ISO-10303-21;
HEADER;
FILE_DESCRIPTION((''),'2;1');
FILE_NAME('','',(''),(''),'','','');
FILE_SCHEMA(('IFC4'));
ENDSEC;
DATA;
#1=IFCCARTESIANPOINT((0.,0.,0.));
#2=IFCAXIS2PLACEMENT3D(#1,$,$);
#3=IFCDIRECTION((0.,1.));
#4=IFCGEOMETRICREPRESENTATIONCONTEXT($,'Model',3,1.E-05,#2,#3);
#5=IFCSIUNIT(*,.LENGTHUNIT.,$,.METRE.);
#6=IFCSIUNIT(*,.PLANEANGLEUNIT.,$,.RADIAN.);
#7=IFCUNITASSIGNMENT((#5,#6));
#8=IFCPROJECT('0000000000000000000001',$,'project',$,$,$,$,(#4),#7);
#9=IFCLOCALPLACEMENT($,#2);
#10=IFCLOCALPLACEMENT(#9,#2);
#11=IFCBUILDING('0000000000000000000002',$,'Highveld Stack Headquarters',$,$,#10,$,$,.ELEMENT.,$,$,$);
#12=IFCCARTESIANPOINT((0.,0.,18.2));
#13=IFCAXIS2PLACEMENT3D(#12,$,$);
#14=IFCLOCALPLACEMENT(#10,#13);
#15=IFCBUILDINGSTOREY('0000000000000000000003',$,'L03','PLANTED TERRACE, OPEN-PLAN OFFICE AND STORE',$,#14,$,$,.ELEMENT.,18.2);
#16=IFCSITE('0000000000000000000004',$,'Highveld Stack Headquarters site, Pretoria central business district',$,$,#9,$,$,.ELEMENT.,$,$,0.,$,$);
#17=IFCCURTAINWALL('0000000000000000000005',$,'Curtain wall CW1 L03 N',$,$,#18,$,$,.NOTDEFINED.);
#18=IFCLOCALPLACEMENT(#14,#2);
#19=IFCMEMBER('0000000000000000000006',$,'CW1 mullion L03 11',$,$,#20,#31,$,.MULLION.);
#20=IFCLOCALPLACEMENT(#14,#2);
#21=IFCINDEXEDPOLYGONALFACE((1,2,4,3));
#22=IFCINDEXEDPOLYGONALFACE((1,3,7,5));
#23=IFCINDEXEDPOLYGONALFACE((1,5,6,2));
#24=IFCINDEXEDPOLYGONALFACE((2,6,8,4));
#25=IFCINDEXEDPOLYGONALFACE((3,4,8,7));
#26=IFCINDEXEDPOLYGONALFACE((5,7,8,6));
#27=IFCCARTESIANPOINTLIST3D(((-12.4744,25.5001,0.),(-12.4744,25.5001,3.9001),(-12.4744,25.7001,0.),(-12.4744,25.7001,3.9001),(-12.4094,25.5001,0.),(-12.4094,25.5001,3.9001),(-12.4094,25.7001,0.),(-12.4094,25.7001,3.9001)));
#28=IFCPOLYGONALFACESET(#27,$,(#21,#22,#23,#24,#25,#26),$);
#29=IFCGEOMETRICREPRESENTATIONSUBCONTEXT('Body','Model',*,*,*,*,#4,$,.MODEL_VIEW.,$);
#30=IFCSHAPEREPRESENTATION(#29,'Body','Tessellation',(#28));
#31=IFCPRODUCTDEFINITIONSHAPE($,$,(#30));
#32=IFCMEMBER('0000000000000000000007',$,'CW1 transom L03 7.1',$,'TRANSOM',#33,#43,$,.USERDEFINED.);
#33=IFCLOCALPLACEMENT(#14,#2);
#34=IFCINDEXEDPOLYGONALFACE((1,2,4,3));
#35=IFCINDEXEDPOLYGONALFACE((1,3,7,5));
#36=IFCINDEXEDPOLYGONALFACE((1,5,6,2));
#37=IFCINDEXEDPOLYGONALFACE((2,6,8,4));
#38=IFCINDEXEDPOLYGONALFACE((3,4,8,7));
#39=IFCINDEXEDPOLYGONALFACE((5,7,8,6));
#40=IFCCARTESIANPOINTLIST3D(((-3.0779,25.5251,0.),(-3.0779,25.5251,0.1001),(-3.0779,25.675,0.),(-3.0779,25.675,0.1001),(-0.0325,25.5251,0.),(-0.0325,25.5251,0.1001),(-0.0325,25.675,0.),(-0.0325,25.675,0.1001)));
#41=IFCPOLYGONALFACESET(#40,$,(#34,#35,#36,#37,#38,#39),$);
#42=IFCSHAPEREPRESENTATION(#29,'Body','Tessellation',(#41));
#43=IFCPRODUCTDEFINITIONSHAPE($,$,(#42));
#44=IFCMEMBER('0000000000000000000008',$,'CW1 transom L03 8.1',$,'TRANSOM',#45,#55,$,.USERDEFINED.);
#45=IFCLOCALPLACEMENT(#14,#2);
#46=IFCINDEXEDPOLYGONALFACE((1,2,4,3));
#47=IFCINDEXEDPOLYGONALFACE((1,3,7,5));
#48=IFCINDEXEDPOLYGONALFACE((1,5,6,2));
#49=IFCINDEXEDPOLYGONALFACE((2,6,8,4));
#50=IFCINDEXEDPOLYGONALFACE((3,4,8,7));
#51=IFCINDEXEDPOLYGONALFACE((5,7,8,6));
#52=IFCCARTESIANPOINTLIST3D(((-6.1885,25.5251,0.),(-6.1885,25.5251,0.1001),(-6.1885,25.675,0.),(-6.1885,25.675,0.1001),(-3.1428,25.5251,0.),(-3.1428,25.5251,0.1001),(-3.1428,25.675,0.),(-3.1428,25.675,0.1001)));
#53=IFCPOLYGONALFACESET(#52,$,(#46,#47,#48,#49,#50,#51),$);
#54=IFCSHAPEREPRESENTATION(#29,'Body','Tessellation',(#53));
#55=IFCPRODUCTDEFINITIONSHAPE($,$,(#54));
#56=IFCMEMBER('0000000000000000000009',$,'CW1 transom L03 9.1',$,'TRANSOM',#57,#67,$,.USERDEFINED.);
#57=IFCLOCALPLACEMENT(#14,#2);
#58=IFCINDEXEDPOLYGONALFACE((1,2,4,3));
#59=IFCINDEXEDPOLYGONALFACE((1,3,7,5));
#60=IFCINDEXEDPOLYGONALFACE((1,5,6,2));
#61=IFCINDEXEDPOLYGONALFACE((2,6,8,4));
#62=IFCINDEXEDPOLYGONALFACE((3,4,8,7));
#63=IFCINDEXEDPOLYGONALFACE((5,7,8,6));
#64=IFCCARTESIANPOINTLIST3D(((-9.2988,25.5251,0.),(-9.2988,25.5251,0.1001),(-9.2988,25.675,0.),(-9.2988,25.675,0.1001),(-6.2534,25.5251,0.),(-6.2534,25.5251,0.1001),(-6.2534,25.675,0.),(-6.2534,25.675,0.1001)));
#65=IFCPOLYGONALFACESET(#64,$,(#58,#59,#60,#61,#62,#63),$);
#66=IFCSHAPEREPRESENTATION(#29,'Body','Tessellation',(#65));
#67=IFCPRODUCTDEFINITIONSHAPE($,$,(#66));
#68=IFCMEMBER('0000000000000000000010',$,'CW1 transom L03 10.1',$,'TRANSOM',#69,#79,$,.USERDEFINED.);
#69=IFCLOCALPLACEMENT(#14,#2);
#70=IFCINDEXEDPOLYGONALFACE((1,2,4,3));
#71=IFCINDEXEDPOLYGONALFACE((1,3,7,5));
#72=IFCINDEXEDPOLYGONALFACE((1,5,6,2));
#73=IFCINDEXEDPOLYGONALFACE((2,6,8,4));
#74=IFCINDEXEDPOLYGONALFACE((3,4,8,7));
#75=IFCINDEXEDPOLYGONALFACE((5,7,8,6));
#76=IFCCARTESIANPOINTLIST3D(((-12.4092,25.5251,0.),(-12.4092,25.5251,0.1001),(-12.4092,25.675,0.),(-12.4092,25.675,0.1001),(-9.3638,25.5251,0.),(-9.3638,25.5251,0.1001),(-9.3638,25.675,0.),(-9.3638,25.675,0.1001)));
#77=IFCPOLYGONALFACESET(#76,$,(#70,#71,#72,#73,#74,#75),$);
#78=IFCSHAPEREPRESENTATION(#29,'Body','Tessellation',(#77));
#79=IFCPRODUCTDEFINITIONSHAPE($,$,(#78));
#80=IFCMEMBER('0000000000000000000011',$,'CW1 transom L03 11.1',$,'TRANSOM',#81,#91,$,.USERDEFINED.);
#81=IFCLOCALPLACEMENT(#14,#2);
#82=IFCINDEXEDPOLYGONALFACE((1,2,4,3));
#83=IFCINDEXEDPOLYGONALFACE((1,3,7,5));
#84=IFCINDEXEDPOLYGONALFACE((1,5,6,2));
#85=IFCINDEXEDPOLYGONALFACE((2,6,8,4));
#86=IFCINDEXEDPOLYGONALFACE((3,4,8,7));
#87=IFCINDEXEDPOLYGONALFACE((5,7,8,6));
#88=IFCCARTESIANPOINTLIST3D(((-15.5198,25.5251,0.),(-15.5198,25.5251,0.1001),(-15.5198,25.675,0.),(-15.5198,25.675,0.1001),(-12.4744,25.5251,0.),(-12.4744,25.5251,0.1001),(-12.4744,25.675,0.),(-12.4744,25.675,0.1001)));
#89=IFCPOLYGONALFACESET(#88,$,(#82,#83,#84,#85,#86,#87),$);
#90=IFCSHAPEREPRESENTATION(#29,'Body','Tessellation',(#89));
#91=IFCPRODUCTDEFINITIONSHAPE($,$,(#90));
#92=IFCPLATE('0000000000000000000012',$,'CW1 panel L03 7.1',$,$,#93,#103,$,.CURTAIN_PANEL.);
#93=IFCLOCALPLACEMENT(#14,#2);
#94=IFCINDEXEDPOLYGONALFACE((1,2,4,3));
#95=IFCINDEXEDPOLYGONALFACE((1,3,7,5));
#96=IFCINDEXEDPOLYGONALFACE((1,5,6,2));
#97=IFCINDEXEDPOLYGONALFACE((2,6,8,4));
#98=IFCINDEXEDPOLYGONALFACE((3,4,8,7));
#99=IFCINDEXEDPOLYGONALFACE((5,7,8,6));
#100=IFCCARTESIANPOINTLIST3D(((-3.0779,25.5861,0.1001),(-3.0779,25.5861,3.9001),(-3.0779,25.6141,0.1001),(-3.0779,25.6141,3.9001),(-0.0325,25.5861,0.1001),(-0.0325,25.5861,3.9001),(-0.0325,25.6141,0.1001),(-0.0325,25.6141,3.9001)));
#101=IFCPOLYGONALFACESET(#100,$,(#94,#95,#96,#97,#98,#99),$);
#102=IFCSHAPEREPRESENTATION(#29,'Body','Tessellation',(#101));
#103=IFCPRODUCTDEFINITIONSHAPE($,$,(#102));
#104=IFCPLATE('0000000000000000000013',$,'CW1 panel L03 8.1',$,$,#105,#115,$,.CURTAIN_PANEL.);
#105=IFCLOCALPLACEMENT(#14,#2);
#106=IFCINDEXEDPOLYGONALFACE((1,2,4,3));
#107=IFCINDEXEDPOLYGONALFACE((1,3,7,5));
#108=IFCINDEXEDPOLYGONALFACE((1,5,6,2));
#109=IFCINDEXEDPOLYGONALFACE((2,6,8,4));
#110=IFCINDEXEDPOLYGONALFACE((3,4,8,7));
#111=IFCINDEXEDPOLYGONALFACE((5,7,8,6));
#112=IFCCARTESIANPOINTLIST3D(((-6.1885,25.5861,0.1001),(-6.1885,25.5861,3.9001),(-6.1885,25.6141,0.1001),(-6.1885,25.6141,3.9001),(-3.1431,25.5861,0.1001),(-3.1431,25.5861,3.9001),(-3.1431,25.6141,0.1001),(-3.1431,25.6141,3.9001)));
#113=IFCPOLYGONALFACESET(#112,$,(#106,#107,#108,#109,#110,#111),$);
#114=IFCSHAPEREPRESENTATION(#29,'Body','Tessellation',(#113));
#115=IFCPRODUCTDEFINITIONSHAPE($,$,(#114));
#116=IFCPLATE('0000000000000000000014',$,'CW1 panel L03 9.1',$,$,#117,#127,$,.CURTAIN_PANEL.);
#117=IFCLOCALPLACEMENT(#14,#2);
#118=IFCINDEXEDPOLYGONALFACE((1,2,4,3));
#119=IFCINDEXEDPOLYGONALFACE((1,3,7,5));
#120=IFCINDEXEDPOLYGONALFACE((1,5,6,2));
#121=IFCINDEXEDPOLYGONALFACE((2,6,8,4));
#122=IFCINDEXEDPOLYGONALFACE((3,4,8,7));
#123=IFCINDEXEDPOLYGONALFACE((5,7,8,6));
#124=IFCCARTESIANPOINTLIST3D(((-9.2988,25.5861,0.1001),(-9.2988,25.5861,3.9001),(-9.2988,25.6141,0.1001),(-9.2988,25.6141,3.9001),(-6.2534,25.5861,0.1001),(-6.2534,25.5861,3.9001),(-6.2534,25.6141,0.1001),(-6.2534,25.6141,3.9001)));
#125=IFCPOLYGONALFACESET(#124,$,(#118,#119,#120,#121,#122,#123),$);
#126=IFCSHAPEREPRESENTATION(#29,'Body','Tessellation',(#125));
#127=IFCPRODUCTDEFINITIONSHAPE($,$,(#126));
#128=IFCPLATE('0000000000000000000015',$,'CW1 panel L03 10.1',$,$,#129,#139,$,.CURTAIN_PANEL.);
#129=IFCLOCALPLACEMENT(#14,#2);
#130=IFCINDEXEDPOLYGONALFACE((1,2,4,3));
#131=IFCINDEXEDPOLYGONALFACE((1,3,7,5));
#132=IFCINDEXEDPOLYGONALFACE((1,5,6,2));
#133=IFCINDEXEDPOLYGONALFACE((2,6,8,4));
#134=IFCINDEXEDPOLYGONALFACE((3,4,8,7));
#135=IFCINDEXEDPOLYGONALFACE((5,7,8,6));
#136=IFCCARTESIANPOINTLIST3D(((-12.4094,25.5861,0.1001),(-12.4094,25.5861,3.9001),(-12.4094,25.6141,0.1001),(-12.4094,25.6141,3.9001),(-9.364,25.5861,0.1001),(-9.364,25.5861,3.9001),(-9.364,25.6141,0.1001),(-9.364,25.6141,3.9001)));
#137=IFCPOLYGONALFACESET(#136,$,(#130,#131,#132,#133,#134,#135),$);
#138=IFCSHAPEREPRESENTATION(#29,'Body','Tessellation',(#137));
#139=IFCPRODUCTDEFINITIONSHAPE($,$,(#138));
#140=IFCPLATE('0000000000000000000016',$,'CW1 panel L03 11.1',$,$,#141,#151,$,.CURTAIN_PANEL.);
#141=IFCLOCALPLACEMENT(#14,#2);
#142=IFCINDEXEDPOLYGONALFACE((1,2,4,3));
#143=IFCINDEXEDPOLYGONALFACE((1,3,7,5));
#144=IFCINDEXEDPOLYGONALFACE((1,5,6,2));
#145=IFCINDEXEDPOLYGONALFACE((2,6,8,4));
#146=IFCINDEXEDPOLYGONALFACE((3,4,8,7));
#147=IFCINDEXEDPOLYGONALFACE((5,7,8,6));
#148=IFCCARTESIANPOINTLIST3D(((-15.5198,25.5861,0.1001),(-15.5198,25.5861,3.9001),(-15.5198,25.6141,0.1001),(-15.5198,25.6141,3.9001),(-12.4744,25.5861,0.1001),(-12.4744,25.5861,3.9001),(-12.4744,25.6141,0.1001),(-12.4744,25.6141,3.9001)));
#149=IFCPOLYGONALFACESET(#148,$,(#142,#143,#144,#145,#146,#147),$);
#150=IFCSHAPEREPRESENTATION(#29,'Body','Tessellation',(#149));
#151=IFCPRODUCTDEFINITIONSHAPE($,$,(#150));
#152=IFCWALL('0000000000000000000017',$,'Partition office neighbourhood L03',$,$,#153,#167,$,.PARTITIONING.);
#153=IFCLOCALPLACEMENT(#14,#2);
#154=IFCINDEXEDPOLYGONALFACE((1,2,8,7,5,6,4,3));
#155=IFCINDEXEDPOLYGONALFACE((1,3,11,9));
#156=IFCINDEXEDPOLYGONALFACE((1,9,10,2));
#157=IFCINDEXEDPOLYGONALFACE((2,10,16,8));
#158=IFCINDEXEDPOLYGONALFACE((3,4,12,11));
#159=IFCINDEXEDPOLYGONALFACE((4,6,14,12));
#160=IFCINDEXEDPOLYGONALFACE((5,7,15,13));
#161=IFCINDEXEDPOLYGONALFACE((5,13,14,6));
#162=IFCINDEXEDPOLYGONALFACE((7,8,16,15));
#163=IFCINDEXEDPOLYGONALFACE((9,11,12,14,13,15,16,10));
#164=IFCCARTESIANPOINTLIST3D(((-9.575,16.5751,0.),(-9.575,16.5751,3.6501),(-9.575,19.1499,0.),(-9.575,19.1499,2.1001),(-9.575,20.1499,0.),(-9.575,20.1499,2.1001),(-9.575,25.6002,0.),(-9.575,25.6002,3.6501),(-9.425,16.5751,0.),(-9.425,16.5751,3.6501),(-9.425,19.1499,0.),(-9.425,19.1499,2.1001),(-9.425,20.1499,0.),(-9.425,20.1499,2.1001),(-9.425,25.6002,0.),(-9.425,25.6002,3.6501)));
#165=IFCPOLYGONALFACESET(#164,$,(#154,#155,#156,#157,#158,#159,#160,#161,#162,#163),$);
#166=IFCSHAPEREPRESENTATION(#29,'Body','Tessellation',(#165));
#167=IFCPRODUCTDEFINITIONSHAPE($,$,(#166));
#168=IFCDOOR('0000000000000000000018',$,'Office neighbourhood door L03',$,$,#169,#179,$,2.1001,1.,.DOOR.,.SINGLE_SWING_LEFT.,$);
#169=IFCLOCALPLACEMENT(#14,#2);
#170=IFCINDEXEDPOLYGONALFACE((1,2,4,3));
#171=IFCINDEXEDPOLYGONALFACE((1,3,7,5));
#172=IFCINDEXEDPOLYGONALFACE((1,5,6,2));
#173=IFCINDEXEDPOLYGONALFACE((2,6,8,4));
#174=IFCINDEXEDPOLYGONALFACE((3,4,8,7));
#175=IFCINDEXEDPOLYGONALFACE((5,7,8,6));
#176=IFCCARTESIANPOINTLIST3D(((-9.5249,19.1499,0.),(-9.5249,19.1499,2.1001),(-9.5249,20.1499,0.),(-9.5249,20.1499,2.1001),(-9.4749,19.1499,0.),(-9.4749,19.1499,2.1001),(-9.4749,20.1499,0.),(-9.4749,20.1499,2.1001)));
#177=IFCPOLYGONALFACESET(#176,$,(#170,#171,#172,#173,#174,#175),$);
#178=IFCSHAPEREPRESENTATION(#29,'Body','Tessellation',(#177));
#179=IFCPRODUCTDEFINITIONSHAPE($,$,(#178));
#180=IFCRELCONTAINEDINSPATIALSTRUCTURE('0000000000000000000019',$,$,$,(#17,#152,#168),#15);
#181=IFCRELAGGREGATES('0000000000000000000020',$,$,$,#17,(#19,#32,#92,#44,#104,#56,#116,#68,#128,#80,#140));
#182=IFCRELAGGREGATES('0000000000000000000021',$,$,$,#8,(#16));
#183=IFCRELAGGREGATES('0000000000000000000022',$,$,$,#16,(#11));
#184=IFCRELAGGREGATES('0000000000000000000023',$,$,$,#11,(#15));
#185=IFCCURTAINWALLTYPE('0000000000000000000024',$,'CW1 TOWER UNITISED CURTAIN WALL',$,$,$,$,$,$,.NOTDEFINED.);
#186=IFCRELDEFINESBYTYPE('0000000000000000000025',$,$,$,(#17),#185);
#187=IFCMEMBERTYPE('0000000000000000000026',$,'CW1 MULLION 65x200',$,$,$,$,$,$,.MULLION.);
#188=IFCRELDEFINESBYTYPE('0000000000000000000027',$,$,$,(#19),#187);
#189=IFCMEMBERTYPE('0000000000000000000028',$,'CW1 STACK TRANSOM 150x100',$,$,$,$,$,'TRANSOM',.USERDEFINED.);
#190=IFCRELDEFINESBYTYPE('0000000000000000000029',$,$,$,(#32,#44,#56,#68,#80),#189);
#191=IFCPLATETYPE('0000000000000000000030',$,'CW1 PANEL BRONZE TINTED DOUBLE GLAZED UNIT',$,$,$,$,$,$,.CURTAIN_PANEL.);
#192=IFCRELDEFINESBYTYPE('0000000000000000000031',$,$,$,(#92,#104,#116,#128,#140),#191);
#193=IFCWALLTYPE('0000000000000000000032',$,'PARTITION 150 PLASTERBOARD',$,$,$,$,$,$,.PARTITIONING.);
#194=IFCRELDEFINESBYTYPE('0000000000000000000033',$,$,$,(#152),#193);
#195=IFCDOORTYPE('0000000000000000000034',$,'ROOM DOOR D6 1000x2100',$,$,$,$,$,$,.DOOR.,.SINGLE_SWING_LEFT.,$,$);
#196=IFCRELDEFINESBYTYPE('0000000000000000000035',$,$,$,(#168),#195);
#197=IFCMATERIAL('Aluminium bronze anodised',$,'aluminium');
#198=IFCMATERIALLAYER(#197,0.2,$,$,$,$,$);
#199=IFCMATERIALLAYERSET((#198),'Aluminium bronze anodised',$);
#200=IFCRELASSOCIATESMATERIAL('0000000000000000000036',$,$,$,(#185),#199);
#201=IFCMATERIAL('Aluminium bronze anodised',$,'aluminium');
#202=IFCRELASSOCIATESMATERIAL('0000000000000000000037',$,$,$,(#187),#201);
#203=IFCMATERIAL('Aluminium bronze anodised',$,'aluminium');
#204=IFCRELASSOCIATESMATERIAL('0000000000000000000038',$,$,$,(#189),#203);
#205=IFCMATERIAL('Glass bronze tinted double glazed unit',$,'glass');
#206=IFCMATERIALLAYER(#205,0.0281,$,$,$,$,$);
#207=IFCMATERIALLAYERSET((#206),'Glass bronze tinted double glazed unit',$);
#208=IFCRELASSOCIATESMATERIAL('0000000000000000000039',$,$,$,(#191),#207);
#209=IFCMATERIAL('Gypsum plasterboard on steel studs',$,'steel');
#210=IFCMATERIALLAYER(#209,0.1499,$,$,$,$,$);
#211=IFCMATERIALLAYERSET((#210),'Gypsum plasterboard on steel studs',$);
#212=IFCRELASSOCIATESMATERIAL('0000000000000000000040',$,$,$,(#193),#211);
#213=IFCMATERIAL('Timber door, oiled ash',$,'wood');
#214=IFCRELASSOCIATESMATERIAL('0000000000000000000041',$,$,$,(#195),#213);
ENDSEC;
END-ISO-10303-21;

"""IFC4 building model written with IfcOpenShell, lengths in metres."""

from ifc_helpers import new_model, si_unit, direction, frame, frame_2d, origin, origin_2d, place, context, subcontext, project, spatial, rectangle, extrude, material, layer, layer_set, material_profile, profile_set, type_object, element, fill, aggregate, save


model = new_model("IFC4")

# Units and contexts
model_context = context("Model", 3, precision=1e-05, world=origin(), true_north=direction((0.0, 1.0)))
body_context = subcontext(model_context, "Body", "Model", "MODEL_VIEW")
ifc_project = project(units=[si_unit("LENGTHUNIT", "METRE"), si_unit("PLANEANGLEUNIT", "RADIAN")], contexts=[model_context])

# Site, building, storey
site_placement = place(None, origin())
site = spatial("IfcSite", under=ifc_project, at=site_placement, Name="Highveld Stack Headquarters site, Pretoria central business district", CompositionType="ELEMENT", RefElevation=0.0)
building_placement = place(site_placement, origin())
building = spatial("IfcBuilding", under=site, at=building_placement, Name="Highveld Stack Headquarters", CompositionType="ELEMENT")
storey_placement = place(building_placement, frame((0.0, 0.0, 18.2)))
storey = spatial("IfcBuildingStorey", under=building, at=storey_placement, Name="L03", Description="PLANTED TERRACE, OPEN-PLAN OFFICE AND STORE", CompositionType="ELEMENT", Elevation=18.2)

# Curtain wall, members, plates
ifc_material_1 = material(Name="Aluminium bronze anodised", Category="aluminium")
ifc_layer_1 = layer(ifc_material_1, 0.2)
ifc_layer_set_1 = layer_set([ifc_layer_1], Name="Aluminium bronze anodised")
curtain_wall_type = type_object("IfcCurtainWallType", Name="CW1 TOWER UNITISED CURTAIN WALL", PredefinedType="NOTDEFINED", material=ifc_layer_set_1)
curtain_wall_placement = place(storey_placement, origin())
curtain_wall = element("IfcCurtainWall", 1, at=curtain_wall_placement, inside=storey, type_object=curtain_wall_type, Name="Curtain wall CW1 L03 N", PredefinedType="NOTDEFINED")
ifc_material_2 = material(Name="Aluminium bronze anodised", Category="aluminium")
ifc_material_profile_1 = material_profile(ifc_material_2, rectangle(XDim=0.2, YDim=0.0649, at=origin_2d()), Name="CW1 MULLION 65x200")
ifc_profile_set_1 = profile_set([ifc_material_profile_1], Name="Aluminium bronze anodised")
member_type_1 = type_object("IfcMemberType", Name="CW1 MULLION 65x200", PredefinedType="MULLION", material=ifc_profile_set_1)
member_1_placement = place(storey_placement, frame((-12.4419, 25.6001, 0.0), z_axis=(0.0, 0.0, 1.0), x_axis=(0.0, -1.0, 0.0)))
member_1 = element("IfcMember", 2, at=member_1_placement, type_object=member_type_1, Name="CW1 mullion L03 11", PredefinedType="MULLION", context=body_context, shape_type="SweptSolid", body=[
    extrude(rectangle(XDim=0.2, YDim=0.0649, at=origin_2d()), origin(), (0.0, 0.0, 1.0), 3.9001),
])
ifc_material_3 = material(Name="Aluminium bronze anodised", Category="aluminium")
ifc_material_profile_2 = material_profile(ifc_material_3, rectangle(XDim=0.1499, YDim=0.1001, at=origin_2d()), Name="CW1 TRANSOM 150x100")
ifc_profile_set_2 = profile_set([ifc_material_profile_2], Name="Aluminium bronze anodised")
member_type_2 = type_object("IfcMemberType", Name="CW1 STACK TRANSOM 150x100", ElementType="TRANSOM", PredefinedType="USERDEFINED", material=ifc_profile_set_2)
member_2_placement = place(storey_placement, frame((-0.0325, 25.6001, 0.05), z_axis=(-1.0, 0.0, 0.0), x_axis=(0.0, -1.0, 0.0)))
member_2 = element("IfcMember", 3, at=member_2_placement, type_object=member_type_2, Name="CW1 transom L03 7.1", ObjectType="TRANSOM", PredefinedType="USERDEFINED", context=body_context, shape_type="SweptSolid", body=[
    extrude(rectangle(XDim=0.1499, YDim=0.1001, at=origin_2d()), origin(), (0.0, 0.0, 1.0), 3.0454),
])
member_3_placement = place(storey_placement, frame((-3.1428, 25.6001, 0.05), z_axis=(-1.0, 0.0, 0.0), x_axis=(0.0, -1.0, 0.0)))
member_3 = element("IfcMember", 4, at=member_3_placement, type_object=member_type_2, Name="CW1 transom L03 8.1", ObjectType="TRANSOM", PredefinedType="USERDEFINED", context=body_context, shape_type="SweptSolid", body=[
    extrude(rectangle(XDim=0.1499, YDim=0.1001, at=origin_2d()), origin(), (0.0, 0.0, 1.0), 3.0457),
])
member_4_placement = place(storey_placement, frame((-6.2534, 25.6001, 0.05), z_axis=(-1.0, 0.0, 0.0), x_axis=(0.0, -1.0, 0.0)))
member_4 = element("IfcMember", 5, at=member_4_placement, type_object=member_type_2, Name="CW1 transom L03 9.1", ObjectType="TRANSOM", PredefinedType="USERDEFINED", context=body_context, shape_type="SweptSolid", body=[
    extrude(rectangle(XDim=0.1499, YDim=0.1001, at=origin_2d()), origin(), (0.0, 0.0, 1.0), 3.0454),
])
member_5_placement = place(storey_placement, frame((-9.3638, 25.6001, 0.05), z_axis=(-1.0, 0.0, 0.0), x_axis=(0.0, -1.0, 0.0)))
member_5 = element("IfcMember", 6, at=member_5_placement, type_object=member_type_2, Name="CW1 transom L03 10.1", ObjectType="TRANSOM", PredefinedType="USERDEFINED", context=body_context, shape_type="SweptSolid", body=[
    extrude(rectangle(XDim=0.1499, YDim=0.1001, at=origin_2d()), origin(), (0.0, 0.0, 1.0), 3.0454),
])
member_6_placement = place(storey_placement, frame((-12.4744, 25.6001, 0.05), z_axis=(-1.0, 0.0, 0.0), x_axis=(0.0, -1.0, 0.0)))
member_6 = element("IfcMember", 7, at=member_6_placement, type_object=member_type_2, Name="CW1 transom L03 11.1", ObjectType="TRANSOM", PredefinedType="USERDEFINED", context=body_context, shape_type="SweptSolid", body=[
    extrude(rectangle(XDim=0.1499, YDim=0.1001, at=origin_2d()), origin(), (0.0, 0.0, 1.0), 3.0454),
])
ifc_material_4 = material(Name="Glass bronze tinted double glazed unit", Category="glass")
ifc_layer_2 = layer(ifc_material_4, 0.0281)
ifc_layer_set_2 = layer_set([ifc_layer_2], Name="Glass bronze tinted double glazed unit")
plate_type = type_object("IfcPlateType", Name="CW1 PANEL BRONZE TINTED DOUBLE GLAZED UNIT", PredefinedType="CURTAIN_PANEL", material=ifc_layer_set_2)
plate_1_placement = place(storey_placement, frame((-1.5552, 25.6001, 0.1001), z_axis=(0.0, 0.0, 1.0), x_axis=(-1.0, 0.0, 0.0)))
plate_1 = element("IfcPlate", 8, at=plate_1_placement, type_object=plate_type, Name="CW1 panel L03 7.1", PredefinedType="CURTAIN_PANEL", context=body_context, shape_type="SweptSolid", body=[
    extrude(rectangle(XDim=3.0454, YDim=0.0281, at=origin_2d()), origin(), (0.0, 0.0, 1.0), 3.8),
])
plate_2_placement = place(storey_placement, frame((-4.6658, 25.6001, 0.1001), z_axis=(0.0, 0.0, 1.0), x_axis=(-1.0, 0.0, 0.0)))
plate_2 = element("IfcPlate", 9, at=plate_2_placement, type_object=plate_type, Name="CW1 panel L03 8.1", PredefinedType="CURTAIN_PANEL", context=body_context, shape_type="SweptSolid", body=[
    extrude(rectangle(XDim=3.0454, YDim=0.0281, at=origin_2d()), origin(), (0.0, 0.0, 1.0), 3.8),
])
plate_3_placement = place(storey_placement, frame((-7.7761, 25.6001, 0.1001), z_axis=(0.0, 0.0, 1.0), x_axis=(-1.0, 0.0, 0.0)))
plate_3 = element("IfcPlate", 10, at=plate_3_placement, type_object=plate_type, Name="CW1 panel L03 9.1", PredefinedType="CURTAIN_PANEL", context=body_context, shape_type="SweptSolid", body=[
    extrude(rectangle(XDim=3.0454, YDim=0.0281, at=origin_2d()), origin(), (0.0, 0.0, 1.0), 3.8),
])
plate_4_placement = place(storey_placement, frame((-10.8867, 25.6001, 0.1001), z_axis=(0.0, 0.0, 1.0), x_axis=(-1.0, 0.0, 0.0)))
plate_4 = element("IfcPlate", 11, at=plate_4_placement, type_object=plate_type, Name="CW1 panel L03 10.1", PredefinedType="CURTAIN_PANEL", context=body_context, shape_type="SweptSolid", body=[
    extrude(rectangle(XDim=3.0454, YDim=0.0281, at=origin_2d()), origin(), (0.0, 0.0, 1.0), 3.8),
])
plate_5_placement = place(storey_placement, frame((-13.9971, 25.6001, 0.1001), z_axis=(0.0, 0.0, 1.0), x_axis=(-1.0, 0.0, 0.0)))
plate_5 = element("IfcPlate", 12, at=plate_5_placement, type_object=plate_type, Name="CW1 panel L03 11.1", PredefinedType="CURTAIN_PANEL", context=body_context, shape_type="SweptSolid", body=[
    extrude(rectangle(XDim=3.0454, YDim=0.0281, at=origin_2d()), origin(), (0.0, 0.0, 1.0), 3.8),
])
aggregate(curtain_wall, [member_1, member_2, plate_1, member_3, plate_2, member_4, plate_3, member_5, plate_4, member_6, plate_5])

# Wall, opening, door
ifc_material_5 = material(Name="Gypsum plasterboard on steel studs", Category="steel")
ifc_layer_3 = layer(ifc_material_5, 0.1499)
ifc_layer_set_3 = layer_set([ifc_layer_3], Name="Gypsum plasterboard on steel studs")
wall_type = type_object("IfcWallType", Name="PARTITION 150 PLASTERBOARD", PredefinedType="PARTITIONING", material=ifc_layer_set_3)
wall_1_placement = place(storey_placement, frame((-9.5, 16.575, 0.0), z_axis=(0.0, 0.0, 1.0), x_axis=(0.0, 1.0, 0.0)))
wall_1 = element("IfcWall", 13, at=wall_1_placement, inside=storey, type_object=wall_type, Name="Partition office neighbourhood L03", PredefinedType="PARTITIONING", context=body_context, shape_type="SweptSolid", body=[
    extrude(rectangle(XDim=9.0251, YDim=0.1499, at=frame_2d((4.5127, 0.0))), origin(), (0.0, 0.0, 1.0), 3.6501),
])
opening_1_placement = place(wall_1_placement, frame((2.575, 0.0, 0.0)))
opening_1 = element("IfcOpeningElement", 14, at=opening_1_placement, cuts=wall_1, PredefinedType="OPENING", context=body_context, shape_type="SweptSolid", body=[
    extrude(rectangle(XDim=1.0, YDim=2.1001, at=frame_2d((0.5, 1.05))), frame((0.0, 0.085, 0.0), z_axis=(0.0, -1.0, 0.0), x_axis=(1.0, 0.0, 0.0)), (0.0, 0.0, 1.0), 0.1699),
])
ifc_material_6 = material(Name="Timber door, oiled ash", Category="wood")
door_type = type_object("IfcDoorType", Name="ROOM DOOR D6 1000x2100", OperationType="SINGLE_SWING_LEFT", PredefinedType="DOOR", material=ifc_material_6)
door_1_placement = place(opening_1_placement, origin())
door_1 = element("IfcDoor", 15, at=door_1_placement, inside=storey, type_object=door_type, Name="Office neighbourhood door L03", OperationType="SINGLE_SWING_LEFT", OverallHeight=2.1001, OverallWidth=1.0, PredefinedType="DOOR", context=body_context, shape_type="SweptSolid", body=[
    extrude(rectangle(XDim=1.0, YDim=2.1001, at=frame_2d((0.5, 1.05))), frame((0.0, 0.0249, 0.0), z_axis=(0.0, -1.0, 0.0), x_axis=(1.0, 0.0, 0.0)), (0.0, 0.0, 1.0), 0.05),
])
fill(opening_1, door_1)

save(model, "model.ifc")
